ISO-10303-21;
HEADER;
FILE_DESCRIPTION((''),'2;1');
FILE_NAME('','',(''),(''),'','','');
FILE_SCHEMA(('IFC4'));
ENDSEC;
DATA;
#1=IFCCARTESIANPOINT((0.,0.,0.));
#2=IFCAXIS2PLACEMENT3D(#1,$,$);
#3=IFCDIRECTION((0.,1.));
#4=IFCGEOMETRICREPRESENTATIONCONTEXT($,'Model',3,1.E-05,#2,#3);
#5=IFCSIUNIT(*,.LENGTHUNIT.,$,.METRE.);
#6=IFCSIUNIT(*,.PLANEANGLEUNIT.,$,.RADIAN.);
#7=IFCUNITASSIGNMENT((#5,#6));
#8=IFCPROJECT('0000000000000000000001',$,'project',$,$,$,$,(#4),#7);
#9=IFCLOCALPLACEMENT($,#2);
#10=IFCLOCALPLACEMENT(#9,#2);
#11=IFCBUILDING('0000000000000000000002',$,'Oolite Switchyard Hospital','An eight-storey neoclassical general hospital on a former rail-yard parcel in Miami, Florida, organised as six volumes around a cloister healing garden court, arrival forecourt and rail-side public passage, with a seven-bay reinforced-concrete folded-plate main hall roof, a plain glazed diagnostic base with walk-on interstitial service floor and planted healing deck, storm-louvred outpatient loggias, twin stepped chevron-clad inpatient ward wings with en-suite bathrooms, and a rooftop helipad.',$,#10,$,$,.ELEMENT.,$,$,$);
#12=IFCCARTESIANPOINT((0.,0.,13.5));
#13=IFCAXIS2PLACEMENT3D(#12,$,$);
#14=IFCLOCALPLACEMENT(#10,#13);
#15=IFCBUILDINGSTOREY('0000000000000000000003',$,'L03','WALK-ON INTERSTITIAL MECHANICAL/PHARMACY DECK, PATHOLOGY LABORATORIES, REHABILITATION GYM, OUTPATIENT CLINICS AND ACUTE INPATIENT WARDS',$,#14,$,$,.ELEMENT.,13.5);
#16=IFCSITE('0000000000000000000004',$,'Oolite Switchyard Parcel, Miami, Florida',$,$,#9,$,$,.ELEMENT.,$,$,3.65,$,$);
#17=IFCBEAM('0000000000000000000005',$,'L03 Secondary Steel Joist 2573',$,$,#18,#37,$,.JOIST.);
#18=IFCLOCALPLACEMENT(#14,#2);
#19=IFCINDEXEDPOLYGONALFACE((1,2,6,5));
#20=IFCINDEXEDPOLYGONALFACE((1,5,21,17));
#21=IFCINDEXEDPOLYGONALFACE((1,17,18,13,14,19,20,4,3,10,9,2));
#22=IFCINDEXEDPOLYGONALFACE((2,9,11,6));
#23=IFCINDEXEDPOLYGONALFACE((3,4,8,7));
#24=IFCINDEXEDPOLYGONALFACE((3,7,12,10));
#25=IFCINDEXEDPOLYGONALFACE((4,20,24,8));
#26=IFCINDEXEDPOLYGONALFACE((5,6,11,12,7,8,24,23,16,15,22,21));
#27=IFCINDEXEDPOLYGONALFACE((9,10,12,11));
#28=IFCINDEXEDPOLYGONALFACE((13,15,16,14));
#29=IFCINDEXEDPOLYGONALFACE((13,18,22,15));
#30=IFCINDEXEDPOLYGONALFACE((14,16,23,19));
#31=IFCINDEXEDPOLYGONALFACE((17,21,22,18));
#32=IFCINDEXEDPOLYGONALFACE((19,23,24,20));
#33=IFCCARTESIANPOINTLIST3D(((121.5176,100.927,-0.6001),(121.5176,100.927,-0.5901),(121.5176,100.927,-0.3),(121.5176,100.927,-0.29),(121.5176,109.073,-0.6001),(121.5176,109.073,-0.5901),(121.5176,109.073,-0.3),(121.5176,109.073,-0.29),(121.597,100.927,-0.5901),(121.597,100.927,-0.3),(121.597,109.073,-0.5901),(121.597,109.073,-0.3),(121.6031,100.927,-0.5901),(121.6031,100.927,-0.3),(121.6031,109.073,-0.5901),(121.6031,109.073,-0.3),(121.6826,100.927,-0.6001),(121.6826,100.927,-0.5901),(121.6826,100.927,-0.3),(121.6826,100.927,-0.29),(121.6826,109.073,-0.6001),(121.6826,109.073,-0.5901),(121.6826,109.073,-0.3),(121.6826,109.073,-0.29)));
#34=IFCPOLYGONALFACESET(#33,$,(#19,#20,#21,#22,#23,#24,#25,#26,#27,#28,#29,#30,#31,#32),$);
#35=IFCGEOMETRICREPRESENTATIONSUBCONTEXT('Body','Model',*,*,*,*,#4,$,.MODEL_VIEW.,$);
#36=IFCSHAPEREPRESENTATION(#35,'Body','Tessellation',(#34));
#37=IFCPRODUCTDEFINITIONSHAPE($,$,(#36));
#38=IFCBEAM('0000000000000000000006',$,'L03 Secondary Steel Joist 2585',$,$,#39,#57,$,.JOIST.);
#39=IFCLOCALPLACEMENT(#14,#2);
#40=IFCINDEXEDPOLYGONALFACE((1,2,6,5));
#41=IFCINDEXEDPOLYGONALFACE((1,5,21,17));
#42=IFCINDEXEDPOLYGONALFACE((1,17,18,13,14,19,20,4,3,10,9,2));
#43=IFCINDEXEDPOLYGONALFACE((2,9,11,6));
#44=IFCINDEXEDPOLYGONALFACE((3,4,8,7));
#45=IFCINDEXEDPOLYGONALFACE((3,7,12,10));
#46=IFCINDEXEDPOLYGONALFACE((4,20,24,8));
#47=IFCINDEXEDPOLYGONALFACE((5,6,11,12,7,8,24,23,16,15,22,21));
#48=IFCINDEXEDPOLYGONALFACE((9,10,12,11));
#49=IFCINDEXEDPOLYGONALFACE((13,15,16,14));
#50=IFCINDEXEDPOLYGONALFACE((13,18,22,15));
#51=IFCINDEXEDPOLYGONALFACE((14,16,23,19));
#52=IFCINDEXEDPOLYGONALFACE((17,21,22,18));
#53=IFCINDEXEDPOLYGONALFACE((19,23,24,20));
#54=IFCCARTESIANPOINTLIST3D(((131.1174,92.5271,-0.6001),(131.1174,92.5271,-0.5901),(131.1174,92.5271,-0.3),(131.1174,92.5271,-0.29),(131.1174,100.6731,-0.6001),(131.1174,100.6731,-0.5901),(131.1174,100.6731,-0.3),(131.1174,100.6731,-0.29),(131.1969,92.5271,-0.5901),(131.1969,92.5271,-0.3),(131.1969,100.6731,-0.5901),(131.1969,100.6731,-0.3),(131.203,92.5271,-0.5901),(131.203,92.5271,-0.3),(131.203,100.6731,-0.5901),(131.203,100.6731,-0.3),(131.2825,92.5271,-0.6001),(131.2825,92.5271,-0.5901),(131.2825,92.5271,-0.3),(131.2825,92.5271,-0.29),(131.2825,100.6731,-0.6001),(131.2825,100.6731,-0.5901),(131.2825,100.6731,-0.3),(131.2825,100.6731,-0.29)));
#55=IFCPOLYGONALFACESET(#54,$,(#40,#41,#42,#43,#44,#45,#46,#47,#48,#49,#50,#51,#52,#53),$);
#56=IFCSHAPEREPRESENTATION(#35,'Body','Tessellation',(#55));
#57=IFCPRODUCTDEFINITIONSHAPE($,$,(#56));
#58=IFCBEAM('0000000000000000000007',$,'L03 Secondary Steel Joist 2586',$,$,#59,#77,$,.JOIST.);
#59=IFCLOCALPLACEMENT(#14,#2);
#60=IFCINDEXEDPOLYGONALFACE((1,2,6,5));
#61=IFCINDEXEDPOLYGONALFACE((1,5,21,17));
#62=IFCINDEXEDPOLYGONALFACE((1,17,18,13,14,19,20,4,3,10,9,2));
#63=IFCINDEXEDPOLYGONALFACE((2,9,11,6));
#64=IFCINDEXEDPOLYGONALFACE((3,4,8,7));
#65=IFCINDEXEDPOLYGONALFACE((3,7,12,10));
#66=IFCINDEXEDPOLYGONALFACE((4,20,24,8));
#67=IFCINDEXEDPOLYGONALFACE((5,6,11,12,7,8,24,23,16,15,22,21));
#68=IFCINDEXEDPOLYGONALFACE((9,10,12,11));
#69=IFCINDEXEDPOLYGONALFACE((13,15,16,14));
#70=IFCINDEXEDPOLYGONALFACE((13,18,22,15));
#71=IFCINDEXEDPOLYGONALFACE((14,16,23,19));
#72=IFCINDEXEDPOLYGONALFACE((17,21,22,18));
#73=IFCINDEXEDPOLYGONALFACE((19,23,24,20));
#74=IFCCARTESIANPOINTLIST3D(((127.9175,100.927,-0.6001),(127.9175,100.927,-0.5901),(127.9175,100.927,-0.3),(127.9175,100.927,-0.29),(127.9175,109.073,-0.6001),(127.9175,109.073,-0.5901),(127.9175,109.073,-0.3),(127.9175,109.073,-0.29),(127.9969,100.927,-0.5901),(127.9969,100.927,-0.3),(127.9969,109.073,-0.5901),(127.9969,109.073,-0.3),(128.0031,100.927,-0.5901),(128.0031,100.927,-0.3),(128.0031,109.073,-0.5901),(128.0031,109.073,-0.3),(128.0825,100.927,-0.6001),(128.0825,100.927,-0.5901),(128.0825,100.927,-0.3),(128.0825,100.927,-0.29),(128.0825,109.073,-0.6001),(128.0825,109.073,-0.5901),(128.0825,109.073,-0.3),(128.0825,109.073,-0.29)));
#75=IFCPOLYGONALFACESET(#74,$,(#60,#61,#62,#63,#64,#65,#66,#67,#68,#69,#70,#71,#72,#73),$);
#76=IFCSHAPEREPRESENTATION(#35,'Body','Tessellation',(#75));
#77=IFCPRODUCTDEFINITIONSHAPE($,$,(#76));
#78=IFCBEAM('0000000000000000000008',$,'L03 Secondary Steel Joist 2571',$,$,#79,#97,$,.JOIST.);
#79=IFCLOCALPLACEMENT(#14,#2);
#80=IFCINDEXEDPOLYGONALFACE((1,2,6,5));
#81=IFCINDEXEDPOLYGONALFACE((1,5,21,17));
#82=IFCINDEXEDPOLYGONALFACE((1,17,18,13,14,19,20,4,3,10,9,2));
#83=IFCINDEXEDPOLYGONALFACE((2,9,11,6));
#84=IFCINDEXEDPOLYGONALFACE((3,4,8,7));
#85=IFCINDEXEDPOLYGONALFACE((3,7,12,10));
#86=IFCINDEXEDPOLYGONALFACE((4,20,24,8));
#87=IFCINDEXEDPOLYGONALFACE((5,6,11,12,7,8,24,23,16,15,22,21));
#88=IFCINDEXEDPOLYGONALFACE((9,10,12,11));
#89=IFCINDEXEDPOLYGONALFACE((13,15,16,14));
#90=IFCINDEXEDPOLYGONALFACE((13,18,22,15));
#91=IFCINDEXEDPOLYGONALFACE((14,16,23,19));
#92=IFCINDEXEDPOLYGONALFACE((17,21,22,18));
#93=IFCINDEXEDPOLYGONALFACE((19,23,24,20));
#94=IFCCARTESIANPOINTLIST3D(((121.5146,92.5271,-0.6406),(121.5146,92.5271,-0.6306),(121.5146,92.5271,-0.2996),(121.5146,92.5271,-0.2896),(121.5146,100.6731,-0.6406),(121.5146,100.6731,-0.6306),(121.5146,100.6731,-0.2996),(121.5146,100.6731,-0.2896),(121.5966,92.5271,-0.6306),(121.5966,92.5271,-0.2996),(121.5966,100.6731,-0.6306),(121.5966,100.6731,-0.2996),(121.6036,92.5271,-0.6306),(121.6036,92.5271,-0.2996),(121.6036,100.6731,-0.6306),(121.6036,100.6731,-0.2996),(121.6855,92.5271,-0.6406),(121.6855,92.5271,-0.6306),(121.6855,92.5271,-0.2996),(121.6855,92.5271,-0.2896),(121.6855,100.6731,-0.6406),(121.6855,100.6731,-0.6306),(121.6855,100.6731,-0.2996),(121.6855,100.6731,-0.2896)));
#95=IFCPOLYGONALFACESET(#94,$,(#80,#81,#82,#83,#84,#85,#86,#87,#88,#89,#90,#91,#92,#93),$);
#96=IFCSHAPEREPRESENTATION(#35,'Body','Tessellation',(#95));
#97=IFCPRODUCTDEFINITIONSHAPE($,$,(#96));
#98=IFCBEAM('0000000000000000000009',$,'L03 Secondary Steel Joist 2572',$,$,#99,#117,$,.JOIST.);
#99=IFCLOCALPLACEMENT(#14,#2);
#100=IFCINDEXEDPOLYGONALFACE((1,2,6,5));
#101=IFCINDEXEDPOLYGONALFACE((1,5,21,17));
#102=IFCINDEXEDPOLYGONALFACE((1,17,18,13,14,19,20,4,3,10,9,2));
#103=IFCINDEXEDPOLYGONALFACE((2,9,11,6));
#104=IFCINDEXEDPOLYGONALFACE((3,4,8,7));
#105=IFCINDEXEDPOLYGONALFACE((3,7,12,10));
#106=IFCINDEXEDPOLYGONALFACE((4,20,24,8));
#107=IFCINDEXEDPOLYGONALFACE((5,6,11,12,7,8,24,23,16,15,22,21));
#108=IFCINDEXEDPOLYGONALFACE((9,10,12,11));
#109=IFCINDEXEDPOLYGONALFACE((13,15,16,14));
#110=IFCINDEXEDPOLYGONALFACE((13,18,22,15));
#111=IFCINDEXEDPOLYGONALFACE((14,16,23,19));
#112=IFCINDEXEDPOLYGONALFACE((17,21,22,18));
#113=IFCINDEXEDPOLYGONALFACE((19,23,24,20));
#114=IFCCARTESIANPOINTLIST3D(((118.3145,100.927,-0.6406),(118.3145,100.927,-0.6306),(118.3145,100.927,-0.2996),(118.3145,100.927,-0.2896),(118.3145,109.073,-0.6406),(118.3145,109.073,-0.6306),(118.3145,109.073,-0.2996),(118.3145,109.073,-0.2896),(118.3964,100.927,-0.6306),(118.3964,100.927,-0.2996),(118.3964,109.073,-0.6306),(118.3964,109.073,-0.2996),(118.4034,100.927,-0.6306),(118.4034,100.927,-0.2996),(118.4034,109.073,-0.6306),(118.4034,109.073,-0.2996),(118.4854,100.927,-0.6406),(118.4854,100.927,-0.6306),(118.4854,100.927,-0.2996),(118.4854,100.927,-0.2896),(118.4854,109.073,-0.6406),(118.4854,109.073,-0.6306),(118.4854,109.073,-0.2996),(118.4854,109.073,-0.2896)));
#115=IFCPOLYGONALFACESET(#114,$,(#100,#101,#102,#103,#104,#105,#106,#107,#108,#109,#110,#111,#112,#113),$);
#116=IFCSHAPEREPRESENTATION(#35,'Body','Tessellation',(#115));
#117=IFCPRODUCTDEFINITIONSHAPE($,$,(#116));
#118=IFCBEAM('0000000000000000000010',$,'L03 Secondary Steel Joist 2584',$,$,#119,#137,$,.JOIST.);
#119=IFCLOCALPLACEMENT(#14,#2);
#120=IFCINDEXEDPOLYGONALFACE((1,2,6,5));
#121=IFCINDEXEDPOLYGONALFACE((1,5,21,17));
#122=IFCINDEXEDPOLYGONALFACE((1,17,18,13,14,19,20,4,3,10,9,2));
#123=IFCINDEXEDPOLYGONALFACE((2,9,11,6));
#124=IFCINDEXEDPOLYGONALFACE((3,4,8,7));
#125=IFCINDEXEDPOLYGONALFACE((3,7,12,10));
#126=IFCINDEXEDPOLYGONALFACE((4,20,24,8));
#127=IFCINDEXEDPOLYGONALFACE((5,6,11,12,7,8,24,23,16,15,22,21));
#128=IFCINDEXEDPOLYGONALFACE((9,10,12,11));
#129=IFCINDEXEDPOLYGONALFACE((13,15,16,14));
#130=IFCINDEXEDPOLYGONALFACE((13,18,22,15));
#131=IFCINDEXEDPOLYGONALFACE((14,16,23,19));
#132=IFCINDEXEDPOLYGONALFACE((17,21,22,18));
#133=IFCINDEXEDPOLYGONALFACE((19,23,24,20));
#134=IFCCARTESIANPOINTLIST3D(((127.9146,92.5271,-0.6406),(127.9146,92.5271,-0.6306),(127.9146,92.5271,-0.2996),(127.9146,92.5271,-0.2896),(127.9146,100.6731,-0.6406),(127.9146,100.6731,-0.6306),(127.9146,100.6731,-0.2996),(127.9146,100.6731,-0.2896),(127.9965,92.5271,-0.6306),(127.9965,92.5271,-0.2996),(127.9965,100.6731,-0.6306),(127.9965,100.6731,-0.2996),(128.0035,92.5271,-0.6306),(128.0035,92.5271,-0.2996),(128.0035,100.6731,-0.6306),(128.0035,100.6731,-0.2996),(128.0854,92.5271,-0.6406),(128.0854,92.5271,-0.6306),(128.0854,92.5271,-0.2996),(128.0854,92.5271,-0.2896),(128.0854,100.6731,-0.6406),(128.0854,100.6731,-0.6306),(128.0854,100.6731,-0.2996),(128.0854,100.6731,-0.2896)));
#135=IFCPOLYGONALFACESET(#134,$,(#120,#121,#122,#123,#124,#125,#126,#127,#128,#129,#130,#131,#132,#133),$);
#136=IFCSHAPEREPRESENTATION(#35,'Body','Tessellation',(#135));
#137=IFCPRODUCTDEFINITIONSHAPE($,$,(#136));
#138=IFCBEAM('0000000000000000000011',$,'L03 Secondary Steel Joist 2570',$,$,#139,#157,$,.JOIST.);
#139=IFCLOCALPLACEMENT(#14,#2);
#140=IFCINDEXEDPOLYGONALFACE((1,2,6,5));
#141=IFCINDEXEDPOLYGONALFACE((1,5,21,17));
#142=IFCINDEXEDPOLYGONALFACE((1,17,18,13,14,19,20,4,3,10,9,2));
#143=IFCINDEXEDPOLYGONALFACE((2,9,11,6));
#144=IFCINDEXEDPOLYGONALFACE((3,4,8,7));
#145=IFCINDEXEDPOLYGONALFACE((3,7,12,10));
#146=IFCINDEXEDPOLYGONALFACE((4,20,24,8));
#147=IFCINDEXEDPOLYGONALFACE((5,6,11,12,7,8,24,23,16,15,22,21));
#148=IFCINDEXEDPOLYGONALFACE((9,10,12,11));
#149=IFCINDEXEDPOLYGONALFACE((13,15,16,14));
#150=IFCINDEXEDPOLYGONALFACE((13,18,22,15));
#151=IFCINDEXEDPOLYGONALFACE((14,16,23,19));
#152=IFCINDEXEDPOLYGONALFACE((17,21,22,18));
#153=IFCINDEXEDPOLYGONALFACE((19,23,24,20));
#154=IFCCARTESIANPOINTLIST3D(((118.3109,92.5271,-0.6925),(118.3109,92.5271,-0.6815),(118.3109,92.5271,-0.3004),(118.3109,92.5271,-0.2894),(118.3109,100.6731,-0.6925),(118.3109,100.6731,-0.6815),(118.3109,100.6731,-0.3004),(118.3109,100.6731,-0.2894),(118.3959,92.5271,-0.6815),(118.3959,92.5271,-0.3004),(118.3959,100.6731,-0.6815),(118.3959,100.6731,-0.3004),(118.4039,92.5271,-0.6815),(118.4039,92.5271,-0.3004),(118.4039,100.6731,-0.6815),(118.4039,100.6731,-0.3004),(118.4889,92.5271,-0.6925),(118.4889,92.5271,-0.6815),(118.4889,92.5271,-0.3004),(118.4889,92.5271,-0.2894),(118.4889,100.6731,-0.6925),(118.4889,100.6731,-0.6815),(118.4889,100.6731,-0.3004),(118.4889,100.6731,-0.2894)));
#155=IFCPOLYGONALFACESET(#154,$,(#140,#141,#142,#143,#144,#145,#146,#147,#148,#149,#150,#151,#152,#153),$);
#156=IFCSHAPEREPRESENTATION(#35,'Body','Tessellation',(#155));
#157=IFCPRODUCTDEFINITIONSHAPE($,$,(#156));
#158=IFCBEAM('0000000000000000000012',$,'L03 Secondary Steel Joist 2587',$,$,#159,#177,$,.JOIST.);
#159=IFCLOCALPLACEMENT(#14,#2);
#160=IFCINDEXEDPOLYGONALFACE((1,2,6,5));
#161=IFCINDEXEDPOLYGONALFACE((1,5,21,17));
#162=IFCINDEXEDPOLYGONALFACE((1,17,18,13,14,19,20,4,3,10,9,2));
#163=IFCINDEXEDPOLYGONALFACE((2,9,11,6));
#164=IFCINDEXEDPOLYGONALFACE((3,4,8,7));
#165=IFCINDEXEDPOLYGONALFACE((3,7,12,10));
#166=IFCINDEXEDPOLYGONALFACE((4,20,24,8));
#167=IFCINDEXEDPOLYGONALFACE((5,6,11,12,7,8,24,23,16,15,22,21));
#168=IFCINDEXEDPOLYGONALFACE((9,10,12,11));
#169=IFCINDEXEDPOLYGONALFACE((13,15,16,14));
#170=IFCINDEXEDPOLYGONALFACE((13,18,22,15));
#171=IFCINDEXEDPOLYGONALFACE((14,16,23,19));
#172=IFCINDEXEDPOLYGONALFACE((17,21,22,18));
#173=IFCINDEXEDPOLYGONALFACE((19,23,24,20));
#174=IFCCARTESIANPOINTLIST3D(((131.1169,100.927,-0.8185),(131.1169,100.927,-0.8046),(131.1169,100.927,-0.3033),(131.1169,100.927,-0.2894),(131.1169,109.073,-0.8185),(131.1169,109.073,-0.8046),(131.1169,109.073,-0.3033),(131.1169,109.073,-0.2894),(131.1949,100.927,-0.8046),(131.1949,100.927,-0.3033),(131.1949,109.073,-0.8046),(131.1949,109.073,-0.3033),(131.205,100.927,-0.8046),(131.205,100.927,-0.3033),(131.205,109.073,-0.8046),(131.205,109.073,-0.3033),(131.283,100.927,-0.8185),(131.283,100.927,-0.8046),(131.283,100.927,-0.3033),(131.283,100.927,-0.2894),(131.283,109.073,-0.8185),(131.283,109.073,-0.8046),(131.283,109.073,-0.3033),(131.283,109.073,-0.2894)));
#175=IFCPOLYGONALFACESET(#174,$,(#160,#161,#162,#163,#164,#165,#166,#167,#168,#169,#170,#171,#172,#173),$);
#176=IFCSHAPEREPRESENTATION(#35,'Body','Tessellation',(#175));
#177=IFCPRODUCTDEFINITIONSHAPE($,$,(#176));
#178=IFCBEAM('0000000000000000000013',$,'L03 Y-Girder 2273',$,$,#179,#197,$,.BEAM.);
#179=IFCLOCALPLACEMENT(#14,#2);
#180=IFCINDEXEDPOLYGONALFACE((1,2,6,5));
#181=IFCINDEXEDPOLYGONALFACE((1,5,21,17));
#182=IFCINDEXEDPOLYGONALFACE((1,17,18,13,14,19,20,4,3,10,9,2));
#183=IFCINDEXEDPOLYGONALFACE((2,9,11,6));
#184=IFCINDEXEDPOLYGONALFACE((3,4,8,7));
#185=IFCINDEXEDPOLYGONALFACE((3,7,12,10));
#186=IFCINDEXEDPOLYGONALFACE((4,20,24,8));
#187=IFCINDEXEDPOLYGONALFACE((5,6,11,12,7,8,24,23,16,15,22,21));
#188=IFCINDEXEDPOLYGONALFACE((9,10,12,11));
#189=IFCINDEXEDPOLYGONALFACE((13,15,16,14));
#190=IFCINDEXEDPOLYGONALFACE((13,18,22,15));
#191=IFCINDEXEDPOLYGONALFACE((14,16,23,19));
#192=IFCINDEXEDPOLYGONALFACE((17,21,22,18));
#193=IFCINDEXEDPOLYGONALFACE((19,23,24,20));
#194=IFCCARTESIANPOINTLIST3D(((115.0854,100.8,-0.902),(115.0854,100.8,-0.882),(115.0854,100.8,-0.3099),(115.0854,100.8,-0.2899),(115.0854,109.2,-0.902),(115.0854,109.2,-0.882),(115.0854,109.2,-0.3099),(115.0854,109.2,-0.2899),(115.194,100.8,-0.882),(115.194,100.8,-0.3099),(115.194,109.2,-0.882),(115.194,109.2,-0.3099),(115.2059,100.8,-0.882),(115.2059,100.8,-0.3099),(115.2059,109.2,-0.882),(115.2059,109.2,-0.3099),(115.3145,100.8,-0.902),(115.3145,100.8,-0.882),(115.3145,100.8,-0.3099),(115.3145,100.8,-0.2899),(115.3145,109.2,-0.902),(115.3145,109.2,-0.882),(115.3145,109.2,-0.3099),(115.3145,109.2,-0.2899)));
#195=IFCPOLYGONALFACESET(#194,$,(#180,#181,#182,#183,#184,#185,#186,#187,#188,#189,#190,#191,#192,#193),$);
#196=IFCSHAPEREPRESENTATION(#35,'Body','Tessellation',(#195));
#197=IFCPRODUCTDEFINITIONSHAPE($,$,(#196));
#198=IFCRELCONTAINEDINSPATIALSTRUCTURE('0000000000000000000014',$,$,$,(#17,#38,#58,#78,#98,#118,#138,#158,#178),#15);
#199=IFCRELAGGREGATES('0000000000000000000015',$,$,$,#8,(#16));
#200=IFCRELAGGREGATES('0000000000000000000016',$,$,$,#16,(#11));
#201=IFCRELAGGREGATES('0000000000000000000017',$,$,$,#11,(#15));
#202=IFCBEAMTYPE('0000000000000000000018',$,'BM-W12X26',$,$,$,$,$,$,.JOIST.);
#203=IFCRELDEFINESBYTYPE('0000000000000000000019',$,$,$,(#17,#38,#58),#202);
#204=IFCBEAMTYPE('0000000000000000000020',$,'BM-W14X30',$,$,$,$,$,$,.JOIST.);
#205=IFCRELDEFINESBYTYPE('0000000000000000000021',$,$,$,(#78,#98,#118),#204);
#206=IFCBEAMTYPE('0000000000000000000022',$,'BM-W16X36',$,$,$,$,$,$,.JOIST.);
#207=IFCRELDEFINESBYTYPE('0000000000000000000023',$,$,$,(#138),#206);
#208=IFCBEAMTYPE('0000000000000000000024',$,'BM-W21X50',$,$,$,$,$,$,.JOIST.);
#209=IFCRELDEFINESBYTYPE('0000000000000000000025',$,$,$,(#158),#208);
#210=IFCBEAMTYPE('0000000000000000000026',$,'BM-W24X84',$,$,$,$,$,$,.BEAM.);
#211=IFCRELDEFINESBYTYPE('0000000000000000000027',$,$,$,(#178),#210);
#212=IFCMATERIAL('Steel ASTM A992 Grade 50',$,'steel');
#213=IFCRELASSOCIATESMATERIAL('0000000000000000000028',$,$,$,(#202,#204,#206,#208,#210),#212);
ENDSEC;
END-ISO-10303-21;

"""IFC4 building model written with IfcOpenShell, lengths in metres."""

from ifc_helpers import new_model, si_unit, direction, frame, origin, origin_2d, place, context, subcontext, project, spatial, i_section, extrude, material, material_profile, profile_set, type_object, element, save


model = new_model("IFC4")

# Units and contexts
model_context = context("Model", 3, precision=1e-05, world=origin(), true_north=direction((0.0, 1.0)))
body_context = subcontext(model_context, "Body", "Model", "MODEL_VIEW")
ifc_project = project(units=[si_unit("LENGTHUNIT", "METRE"), si_unit("PLANEANGLEUNIT", "RADIAN")], contexts=[model_context])

# Site, building, storey
site_placement = place(None, origin())
site = spatial("IfcSite", under=ifc_project, at=site_placement, Name="Oolite Switchyard Parcel, Miami, Florida", CompositionType="ELEMENT", RefElevation=3.65)
building_placement = place(site_placement, origin())
building = spatial("IfcBuilding", under=site, at=building_placement, Name="Oolite Switchyard Hospital", Description="An eight-storey neoclassical general hospital on a former rail-yard parcel in Miami, Florida, organised as six volumes around a cloister healing garden court, arrival forecourt and rail-side public passage, with a seven-bay reinforced-concrete folded-plate main hall roof, a plain glazed diagnostic base with walk-on interstitial service floor and planted healing deck, storm-louvred outpatient loggias, twin stepped chevron-clad inpatient ward wings with en-suite bathrooms, and a rooftop helipad.", CompositionType="ELEMENT")
storey_placement = place(building_placement, frame((0.0, 0.0, 13.5)))
storey = spatial("IfcBuildingStorey", under=building, at=storey_placement, Name="L03", Description="WALK-ON INTERSTITIAL MECHANICAL/PHARMACY DECK, PATHOLOGY LABORATORIES, REHABILITATION GYM, OUTPATIENT CLINICS AND ACUTE INPATIENT WARDS", CompositionType="ELEMENT", Elevation=13.5)

# Beams
ifc_material_1 = material(Name="Steel ASTM A992 Grade 50", Category="steel")
ifc_material_profile_1 = material_profile(ifc_material_1, i_section(OverallWidth=0.165, OverallDepth=0.3101, WebThickness=0.0061, FlangeThickness=0.01, at=origin_2d()), Name="W12X26")
ifc_profile_set_1 = profile_set([ifc_material_profile_1], Name="Steel ASTM A992 Grade 50")
beam_type_1 = type_object("IfcBeamType", Name="BM-W12X26", PredefinedType="JOIST", material=ifc_profile_set_1)
for number, where, z_axis, x_axis, name in (
    (1, (121.6001, 100.927, -0.4451), (0.0, 1.0, 0.0), (-1.0, 0.0, 0.0), "L03 Secondary Steel Joist 2573"),
    (2, (131.2, 92.5271, -0.4451), (0.0, 1.0, 0.0), (-1.0, 0.0, 0.0), "L03 Secondary Steel Joist 2585"),
    (3, (128.0, 100.927, -0.4451), (0.0, 1.0, 0.0), (-1.0, 0.0, 0.0), "L03 Secondary Steel Joist 2586"),
):
    element("IfcBeam", number, at=place(storey_placement, frame(where, z_axis=z_axis, x_axis=x_axis)), inside=storey, type_object=beam_type_1, Name=name, PredefinedType="JOIST", context=body_context, shape_type="SweptSolid", body=[
        extrude(i_section(OverallWidth=0.165, OverallDepth=0.3101, WebThickness=0.0061, FlangeThickness=0.01, at=origin_2d()), origin(), (0.0, 0.0, 1.0), 8.146),
    ])
ifc_material_profile_2 = material_profile(ifc_material_1, i_section(OverallWidth=0.1709, OverallDepth=0.3511, WebThickness=0.0071, FlangeThickness=0.01, at=origin_2d()), Name="W14X30")
ifc_profile_set_2 = profile_set([ifc_material_profile_2], Name="Steel ASTM A992 Grade 50")
beam_type_2 = type_object("IfcBeamType", Name="BM-W14X30", PredefinedType="JOIST", material=ifc_profile_set_2)
for number, where, z_axis, x_axis, name in (
    (4, (121.6001, 92.5271, -0.4651), (0.0, 1.0, 0.0), (-1.0, 0.0, 0.0), "L03 Secondary Steel Joist 2571"),
    (5, (118.3999, 100.927, -0.4651), (0.0, 1.0, 0.0), (-1.0, 0.0, 0.0), "L03 Secondary Steel Joist 2572"),
    (6, (128.0, 92.5271, -0.4651), (0.0, 1.0, 0.0), (-1.0, 0.0, 0.0), "L03 Secondary Steel Joist 2584"),
):
    element("IfcBeam", number, at=place(storey_placement, frame(where, z_axis=z_axis, x_axis=x_axis)), inside=storey, type_object=beam_type_2, Name=name, PredefinedType="JOIST", context=body_context, shape_type="SweptSolid", body=[
        extrude(i_section(OverallWidth=0.1709, OverallDepth=0.3511, WebThickness=0.0071, FlangeThickness=0.01, at=origin_2d()), origin(), (0.0, 0.0, 1.0), 8.146),
    ])
ifc_material_profile_3 = material_profile(ifc_material_1, i_section(OverallWidth=0.178, OverallDepth=0.4031, WebThickness=0.0081, FlangeThickness=0.011, at=origin_2d()), Name="W16X36")
ifc_profile_set_3 = profile_set([ifc_material_profile_3], Name="Steel ASTM A992 Grade 50")
beam_type_3 = type_object("IfcBeamType", Name="BM-W16X36", PredefinedType="JOIST", material=ifc_profile_set_3)
beam_1_placement = place(storey_placement, frame((118.3999, 92.5271, -0.491), z_axis=(0.0, 1.0, 0.0), x_axis=(-1.0, 0.0, 0.0)))
element("IfcBeam", 7, at=beam_1_placement, inside=storey, type_object=beam_type_3, Name="L03 Secondary Steel Joist 2570", PredefinedType="JOIST", context=body_context, shape_type="SweptSolid", body=[
    extrude(i_section(OverallWidth=0.178, OverallDepth=0.4031, WebThickness=0.0081, FlangeThickness=0.011, at=origin_2d()), origin(), (0.0, 0.0, 1.0), 8.146),
])
ifc_material_profile_4 = material_profile(ifc_material_1, i_section(OverallWidth=0.166, OverallDepth=0.5291, WebThickness=0.01, FlangeThickness=0.0139, at=origin_2d()), Name="W21X50")
ifc_profile_set_4 = profile_set([ifc_material_profile_4], Name="Steel ASTM A992 Grade 50")
beam_type_4 = type_object("IfcBeamType", Name="BM-W21X50", PredefinedType="JOIST", material=ifc_profile_set_4)
beam_2_placement = place(storey_placement, frame((131.2, 100.927, -0.554), z_axis=(0.0, 1.0, 0.0), x_axis=(-1.0, 0.0, 0.0)))
element("IfcBeam", 8, at=beam_2_placement, inside=storey, type_object=beam_type_4, Name="L03 Secondary Steel Joist 2587", PredefinedType="JOIST", context=body_context, shape_type="SweptSolid", body=[
    extrude(i_section(OverallWidth=0.166, OverallDepth=0.5291, WebThickness=0.01, FlangeThickness=0.0139, at=origin_2d()), origin(), (0.0, 0.0, 1.0), 8.146),
])
ifc_material_profile_5 = material_profile(ifc_material_1, i_section(OverallWidth=0.229, OverallDepth=0.6121, WebThickness=0.012, FlangeThickness=0.02, at=origin_2d()), Name="W24X84")
ifc_profile_set_5 = profile_set([ifc_material_profile_5], Name="Steel ASTM A992 Grade 50")
beam_type_5 = type_object("IfcBeamType", Name="BM-W24X84", PredefinedType="BEAM", material=ifc_profile_set_5)
for number, where, z_axis, x_axis, name in (
    (9, (115.2, 100.8, -0.5959), (0.0, 1.0, 0.0), (-1.0, 0.0, 0.0), "L03 Y-Girder 2273"),
):
    element("IfcBeam", number, at=place(storey_placement, frame(where, z_axis=z_axis, x_axis=x_axis)), inside=storey, type_object=beam_type_5, Name=name, PredefinedType="BEAM", context=body_context, shape_type="SweptSolid", body=[
        extrude(i_section(OverallWidth=0.229, OverallDepth=0.6121, WebThickness=0.012, FlangeThickness=0.02, at=origin_2d()), origin(), (0.0, 0.0, 1.0), 8.3999),
    ])

save(model, "model.ifc")
